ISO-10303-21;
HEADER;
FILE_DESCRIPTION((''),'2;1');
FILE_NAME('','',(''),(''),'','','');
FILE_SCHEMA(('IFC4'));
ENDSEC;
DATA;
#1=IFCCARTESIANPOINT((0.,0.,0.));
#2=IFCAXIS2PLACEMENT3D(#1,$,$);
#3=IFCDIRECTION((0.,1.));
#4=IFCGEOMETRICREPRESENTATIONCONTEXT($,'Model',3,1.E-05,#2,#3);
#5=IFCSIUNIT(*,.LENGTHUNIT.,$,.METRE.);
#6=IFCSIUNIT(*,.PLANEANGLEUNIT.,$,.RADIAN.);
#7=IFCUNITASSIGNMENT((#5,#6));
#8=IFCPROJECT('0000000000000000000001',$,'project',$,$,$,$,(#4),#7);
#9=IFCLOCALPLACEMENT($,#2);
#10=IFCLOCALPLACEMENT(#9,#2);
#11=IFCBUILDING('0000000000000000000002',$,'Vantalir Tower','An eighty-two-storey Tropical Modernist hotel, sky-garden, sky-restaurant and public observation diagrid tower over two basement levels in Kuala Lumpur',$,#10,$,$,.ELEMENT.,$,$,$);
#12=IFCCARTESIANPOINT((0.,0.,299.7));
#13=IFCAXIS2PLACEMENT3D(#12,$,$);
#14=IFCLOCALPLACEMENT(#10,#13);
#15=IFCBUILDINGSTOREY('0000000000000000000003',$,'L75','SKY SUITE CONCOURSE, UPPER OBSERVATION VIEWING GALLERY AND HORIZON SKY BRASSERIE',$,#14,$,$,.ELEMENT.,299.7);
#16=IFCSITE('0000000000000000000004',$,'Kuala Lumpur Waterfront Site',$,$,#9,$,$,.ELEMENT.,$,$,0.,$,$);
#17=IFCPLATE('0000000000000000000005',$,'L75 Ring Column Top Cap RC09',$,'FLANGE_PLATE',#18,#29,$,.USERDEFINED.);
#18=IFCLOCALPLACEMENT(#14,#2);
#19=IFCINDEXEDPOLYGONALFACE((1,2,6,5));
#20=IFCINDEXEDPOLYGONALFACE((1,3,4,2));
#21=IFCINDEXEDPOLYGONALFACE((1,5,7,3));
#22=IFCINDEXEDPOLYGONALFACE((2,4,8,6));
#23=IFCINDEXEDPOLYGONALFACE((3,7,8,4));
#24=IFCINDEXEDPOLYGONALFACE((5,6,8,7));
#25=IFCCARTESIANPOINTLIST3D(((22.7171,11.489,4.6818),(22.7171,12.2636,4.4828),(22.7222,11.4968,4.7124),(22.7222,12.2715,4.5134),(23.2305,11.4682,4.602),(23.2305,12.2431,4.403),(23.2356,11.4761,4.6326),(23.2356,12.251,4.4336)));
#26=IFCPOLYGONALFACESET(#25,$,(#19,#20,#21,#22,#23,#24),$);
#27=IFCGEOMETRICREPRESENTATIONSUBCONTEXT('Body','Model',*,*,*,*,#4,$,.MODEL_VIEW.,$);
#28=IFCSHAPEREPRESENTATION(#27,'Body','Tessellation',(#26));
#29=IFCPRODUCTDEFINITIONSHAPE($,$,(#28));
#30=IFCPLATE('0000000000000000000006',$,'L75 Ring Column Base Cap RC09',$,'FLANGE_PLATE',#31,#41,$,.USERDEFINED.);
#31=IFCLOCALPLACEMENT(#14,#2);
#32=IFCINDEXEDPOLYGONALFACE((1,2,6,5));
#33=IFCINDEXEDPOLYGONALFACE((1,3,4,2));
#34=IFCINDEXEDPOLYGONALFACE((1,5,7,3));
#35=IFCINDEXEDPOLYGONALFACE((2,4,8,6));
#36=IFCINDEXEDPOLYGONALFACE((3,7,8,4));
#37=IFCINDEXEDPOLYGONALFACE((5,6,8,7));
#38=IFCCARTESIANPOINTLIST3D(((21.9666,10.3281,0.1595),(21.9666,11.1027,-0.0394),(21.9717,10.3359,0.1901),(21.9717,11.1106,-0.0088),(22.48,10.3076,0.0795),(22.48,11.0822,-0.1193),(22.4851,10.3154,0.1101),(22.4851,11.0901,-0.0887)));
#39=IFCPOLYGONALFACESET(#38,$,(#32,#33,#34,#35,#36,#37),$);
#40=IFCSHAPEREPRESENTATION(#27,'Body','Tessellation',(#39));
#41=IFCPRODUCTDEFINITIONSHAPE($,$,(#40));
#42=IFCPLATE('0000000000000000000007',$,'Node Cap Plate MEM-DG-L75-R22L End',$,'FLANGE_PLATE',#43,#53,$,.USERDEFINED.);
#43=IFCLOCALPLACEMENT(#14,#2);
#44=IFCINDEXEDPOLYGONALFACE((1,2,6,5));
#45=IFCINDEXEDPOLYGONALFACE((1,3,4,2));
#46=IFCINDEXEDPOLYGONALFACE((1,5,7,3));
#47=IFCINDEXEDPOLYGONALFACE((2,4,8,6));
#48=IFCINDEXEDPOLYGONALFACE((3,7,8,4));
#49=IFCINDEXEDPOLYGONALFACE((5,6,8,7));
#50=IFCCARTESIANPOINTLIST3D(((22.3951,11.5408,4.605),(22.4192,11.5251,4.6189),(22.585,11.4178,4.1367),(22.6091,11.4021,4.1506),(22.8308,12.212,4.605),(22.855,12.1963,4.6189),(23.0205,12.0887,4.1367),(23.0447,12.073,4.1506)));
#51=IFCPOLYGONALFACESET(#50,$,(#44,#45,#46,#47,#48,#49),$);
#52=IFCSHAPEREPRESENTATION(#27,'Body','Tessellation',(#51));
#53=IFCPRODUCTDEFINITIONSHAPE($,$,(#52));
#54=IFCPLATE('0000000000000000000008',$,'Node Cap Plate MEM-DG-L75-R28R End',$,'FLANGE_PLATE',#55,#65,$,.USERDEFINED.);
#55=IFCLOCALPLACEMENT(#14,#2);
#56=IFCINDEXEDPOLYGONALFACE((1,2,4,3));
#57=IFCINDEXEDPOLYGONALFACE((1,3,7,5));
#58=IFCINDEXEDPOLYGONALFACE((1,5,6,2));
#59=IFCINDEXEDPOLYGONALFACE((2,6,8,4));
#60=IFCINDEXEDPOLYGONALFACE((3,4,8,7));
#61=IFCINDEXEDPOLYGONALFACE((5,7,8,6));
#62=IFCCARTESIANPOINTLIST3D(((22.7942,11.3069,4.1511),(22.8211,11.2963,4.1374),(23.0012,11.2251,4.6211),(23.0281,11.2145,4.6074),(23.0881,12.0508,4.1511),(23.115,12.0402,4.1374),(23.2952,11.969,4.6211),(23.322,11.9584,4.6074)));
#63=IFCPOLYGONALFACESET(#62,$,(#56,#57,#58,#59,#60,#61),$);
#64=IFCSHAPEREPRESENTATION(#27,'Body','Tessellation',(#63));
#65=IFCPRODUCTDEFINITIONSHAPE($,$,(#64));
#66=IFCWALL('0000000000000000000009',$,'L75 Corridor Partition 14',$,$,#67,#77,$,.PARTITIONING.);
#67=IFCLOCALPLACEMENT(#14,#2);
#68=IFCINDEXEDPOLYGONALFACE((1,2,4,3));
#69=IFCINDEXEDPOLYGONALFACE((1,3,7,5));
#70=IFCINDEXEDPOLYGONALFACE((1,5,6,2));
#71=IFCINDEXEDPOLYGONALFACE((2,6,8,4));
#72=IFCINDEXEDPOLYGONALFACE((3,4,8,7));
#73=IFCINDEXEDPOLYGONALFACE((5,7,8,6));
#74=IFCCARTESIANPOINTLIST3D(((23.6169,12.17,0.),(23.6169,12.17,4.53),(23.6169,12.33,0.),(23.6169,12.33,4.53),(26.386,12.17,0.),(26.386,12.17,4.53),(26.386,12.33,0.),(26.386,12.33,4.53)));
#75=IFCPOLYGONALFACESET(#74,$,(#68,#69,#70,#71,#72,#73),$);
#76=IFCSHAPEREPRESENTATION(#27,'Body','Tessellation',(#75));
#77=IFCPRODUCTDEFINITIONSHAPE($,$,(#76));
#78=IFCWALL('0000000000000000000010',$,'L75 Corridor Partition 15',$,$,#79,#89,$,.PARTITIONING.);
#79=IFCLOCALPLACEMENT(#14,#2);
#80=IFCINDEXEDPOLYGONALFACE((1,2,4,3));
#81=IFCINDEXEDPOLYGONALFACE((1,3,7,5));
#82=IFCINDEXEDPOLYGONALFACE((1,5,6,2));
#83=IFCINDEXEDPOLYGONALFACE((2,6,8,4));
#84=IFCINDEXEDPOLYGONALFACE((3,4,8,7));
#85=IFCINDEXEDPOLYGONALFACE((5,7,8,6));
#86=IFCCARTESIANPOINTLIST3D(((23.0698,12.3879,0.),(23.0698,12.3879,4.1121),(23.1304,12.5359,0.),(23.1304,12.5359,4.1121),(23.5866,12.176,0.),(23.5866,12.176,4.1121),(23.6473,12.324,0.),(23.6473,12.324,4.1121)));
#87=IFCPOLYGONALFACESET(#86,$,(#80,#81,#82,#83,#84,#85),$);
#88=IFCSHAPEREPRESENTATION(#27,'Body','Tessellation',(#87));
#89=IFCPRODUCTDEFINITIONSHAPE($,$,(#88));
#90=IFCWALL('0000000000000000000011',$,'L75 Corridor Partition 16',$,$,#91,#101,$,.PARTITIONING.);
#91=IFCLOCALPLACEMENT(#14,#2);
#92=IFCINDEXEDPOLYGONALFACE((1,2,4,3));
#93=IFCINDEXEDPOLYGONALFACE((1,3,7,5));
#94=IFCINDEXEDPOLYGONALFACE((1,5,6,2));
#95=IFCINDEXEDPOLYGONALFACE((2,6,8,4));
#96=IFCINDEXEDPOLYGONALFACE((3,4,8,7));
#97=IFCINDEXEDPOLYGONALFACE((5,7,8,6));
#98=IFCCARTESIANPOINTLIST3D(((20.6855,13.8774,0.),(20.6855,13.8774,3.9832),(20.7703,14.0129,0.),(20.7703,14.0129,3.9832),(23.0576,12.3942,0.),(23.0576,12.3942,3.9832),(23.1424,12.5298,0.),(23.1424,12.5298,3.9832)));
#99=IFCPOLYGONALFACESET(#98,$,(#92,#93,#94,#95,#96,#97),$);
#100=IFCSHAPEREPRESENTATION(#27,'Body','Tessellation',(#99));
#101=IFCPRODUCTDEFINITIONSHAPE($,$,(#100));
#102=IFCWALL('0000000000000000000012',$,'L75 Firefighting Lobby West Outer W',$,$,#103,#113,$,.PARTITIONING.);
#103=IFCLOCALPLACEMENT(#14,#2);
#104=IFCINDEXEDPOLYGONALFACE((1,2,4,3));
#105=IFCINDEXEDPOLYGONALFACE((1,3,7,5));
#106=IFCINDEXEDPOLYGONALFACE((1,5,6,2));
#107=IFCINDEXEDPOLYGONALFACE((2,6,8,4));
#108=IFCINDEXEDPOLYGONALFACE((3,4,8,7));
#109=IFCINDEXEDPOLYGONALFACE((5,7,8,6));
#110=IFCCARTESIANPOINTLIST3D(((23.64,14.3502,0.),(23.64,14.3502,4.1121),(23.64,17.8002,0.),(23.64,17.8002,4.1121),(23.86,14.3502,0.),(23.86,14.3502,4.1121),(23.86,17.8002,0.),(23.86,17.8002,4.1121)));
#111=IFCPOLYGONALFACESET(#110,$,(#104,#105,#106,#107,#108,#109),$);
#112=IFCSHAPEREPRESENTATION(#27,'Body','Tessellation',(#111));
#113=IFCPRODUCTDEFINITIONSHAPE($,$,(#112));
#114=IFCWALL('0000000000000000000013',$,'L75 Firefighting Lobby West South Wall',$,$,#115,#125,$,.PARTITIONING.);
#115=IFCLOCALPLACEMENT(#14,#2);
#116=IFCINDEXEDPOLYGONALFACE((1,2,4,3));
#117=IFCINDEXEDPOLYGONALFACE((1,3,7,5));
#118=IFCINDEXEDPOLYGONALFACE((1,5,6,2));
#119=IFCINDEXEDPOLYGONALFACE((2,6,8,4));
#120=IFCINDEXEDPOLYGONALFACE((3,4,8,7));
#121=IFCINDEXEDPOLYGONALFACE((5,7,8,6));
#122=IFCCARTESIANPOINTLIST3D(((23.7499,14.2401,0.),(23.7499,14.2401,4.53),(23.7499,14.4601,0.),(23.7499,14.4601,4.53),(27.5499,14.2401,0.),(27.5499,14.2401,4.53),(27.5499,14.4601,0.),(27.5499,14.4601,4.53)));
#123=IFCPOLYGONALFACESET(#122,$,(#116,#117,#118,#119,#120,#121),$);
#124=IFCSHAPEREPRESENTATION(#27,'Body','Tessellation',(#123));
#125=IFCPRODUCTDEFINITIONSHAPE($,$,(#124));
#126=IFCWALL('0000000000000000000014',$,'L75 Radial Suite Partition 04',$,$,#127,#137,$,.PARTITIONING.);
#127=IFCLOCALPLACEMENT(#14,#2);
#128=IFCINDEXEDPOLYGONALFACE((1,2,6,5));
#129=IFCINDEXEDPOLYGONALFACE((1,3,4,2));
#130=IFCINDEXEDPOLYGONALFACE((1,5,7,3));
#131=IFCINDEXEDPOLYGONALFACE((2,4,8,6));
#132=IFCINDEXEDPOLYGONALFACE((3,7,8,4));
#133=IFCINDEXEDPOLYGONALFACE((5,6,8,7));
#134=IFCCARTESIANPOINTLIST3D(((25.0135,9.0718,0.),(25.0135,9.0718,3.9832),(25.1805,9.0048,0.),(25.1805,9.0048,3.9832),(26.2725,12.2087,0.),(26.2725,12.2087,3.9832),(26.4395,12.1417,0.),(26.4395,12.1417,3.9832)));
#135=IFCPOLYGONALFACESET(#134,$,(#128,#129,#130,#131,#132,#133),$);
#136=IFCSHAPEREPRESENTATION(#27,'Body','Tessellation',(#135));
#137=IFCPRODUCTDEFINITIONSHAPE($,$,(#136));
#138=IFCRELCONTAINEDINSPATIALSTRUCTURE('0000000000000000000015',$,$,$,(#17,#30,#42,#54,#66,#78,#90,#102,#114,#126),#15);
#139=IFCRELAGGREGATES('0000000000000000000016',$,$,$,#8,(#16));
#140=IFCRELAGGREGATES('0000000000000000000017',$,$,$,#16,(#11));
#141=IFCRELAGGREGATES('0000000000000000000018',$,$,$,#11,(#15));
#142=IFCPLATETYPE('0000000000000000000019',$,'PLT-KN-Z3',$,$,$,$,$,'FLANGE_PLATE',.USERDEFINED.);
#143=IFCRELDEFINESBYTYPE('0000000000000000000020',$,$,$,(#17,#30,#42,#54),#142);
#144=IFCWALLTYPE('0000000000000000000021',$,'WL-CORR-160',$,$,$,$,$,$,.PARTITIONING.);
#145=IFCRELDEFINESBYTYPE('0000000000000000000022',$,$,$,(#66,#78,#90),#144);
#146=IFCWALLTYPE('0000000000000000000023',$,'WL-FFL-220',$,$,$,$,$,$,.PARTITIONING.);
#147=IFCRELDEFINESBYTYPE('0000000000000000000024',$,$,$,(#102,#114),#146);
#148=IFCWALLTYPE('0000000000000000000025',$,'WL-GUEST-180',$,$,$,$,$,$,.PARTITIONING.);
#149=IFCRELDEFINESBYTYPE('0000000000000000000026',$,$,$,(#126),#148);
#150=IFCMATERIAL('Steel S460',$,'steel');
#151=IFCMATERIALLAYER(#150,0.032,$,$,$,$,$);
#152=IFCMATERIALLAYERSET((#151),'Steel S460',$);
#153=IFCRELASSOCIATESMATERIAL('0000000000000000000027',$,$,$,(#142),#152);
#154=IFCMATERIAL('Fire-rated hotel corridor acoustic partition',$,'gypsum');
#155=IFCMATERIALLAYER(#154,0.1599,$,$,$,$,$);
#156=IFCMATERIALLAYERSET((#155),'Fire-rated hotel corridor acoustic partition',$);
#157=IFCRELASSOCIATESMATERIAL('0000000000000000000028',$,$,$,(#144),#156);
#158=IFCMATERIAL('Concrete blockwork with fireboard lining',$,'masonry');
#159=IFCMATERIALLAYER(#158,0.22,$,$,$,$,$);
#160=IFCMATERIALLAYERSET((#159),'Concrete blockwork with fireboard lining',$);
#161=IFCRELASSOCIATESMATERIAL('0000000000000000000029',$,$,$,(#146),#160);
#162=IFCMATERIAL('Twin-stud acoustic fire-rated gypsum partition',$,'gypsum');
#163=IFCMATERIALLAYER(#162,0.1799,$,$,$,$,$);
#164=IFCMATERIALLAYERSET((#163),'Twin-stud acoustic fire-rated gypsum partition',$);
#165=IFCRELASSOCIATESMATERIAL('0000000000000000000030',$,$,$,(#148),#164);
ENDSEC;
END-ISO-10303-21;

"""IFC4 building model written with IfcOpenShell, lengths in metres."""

from ifc_helpers import new_model, si_unit, direction, frame, frame_2d, origin, place, context, subcontext, project, spatial, polyline, rectangle, outline, extrude, material, layer, layer_set, type_object, element, save


model = new_model("IFC4")

# Units and contexts
model_context = context("Model", 3, precision=1e-05, world=origin(), true_north=direction((0.0, 1.0)))
body_context = subcontext(model_context, "Body", "Model", "MODEL_VIEW")
ifc_project = project(units=[si_unit("LENGTHUNIT", "METRE"), si_unit("PLANEANGLEUNIT", "RADIAN")], contexts=[model_context])

# Site, building, storey
site_placement = place(None, origin())
site = spatial("IfcSite", under=ifc_project, at=site_placement, Name="Kuala Lumpur Waterfront Site", CompositionType="ELEMENT", RefElevation=0.0)
building_placement = place(site_placement, origin())
building = spatial("IfcBuilding", under=site, at=building_placement, Name="Vantalir Tower", Description="An eighty-two-storey Tropical Modernist hotel, sky-garden, sky-restaurant and public observation diagrid tower over two basement levels in Kuala Lumpur", CompositionType="ELEMENT")
storey_placement = place(building_placement, frame((0.0, 0.0, 299.7)))
storey = spatial("IfcBuildingStorey", under=building, at=storey_placement, Name="L75", Description="SKY SUITE CONCOURSE, UPPER OBSERVATION VIEWING GALLERY AND HORIZON SKY BRASSERIE", CompositionType="ELEMENT", Elevation=299.7)

# Shared definitions
ifc_material_1 = material(Name="Steel S460", Category="steel")

# Plates
ifc_layer_1 = layer(ifc_material_1, 0.032)
ifc_layer_set_1 = layer_set([ifc_layer_1], Name="Steel S460")
plate_type_1 = type_object("IfcPlateType", Name="PLT-KN-Z3", ElementType="FLANGE_PLATE", PredefinedType="USERDEFINED", material=ifc_layer_set_1)
plate_1_placement = place(storey_placement, frame((22.7222, 12.2715, 4.5134), z_axis=(0.158568, 0.245595, 0.956315), x_axis=(-0.000006, -0.968569, 0.248743)))
element("IfcPlate", 1, at=plate_1_placement, inside=storey, type_object=plate_type_1, Name="L75 Ring Column Top Cap RC09", ObjectType="FLANGE_PLATE", PredefinedType="USERDEFINED", context=body_context, shape_type="SweptSolid", body=[
    extrude(outline(polyline([(0.0, 0.0), (0.7998, 0.0), (0.8, 0.52), (0.0, 0.52), (0.0, 0.0)])), origin(), (0.0, 0.0, -1.0), 0.032),
])
plate_2_placement = place(storey_placement, frame((21.9717, 11.1106, -0.0088), z_axis=(0.158732, 0.245484, 0.956317), x_axis=(-0.000023, -0.968596, 0.24864)))
element("IfcPlate", 2, at=plate_2_placement, inside=storey, type_object=plate_type_1, Name="L75 Ring Column Base Cap RC09", ObjectType="FLANGE_PLATE", PredefinedType="USERDEFINED", context=body_context, shape_type="SweptSolid", body=[
    extrude(outline(polyline([(0.0, 0.0), (0.7998, 0.0), (0.7997, 0.52), (0.0, 0.52), (0.0, 0.0)])), origin(), (0.0, 0.0, -1.0), 0.032),
])
plate_3_placement = place(storey_placement, frame((22.6091, 11.4021, 4.1506), z_axis=(0.755176, -0.490308, 0.435094), x_axis=(0.544547, 0.83873, 0.000018)))
element("IfcPlate", 3, at=plate_3_placement, inside=storey, type_object=plate_type_1, Name="Node Cap Plate MEM-DG-L75-R22L End", ObjectType="FLANGE_PLATE", PredefinedType="USERDEFINED", context=body_context, shape_type="SweptSolid", body=[
    extrude(outline(polyline([(0.0, 0.0), (0.7999, 0.0), (0.8, 0.5201), (-0.0002, 0.5201), (0.0, 0.0)])), origin(), (0.0, 0.0, -1.0), 0.032),
])
plate_4_placement = place(storey_placement, frame((23.0881, 12.0508, 4.1511), z_axis=(-0.840512, 0.332122, 0.42806), x_axis=(-0.367493, -0.930026, 0.0)))
element("IfcPlate", 4, at=plate_4_placement, inside=storey, type_object=plate_type_1, Name="Node Cap Plate MEM-DG-L75-R28R End", ObjectType="FLANGE_PLATE", PredefinedType="USERDEFINED", context=body_context, shape_type="SweptSolid", body=[
    extrude(outline(polyline([(0.0, 0.0), (0.7999, 0.0), (0.7998, 0.52), (0.0, 0.52), (0.0, 0.0)])), origin(), (0.0, 0.0, -1.0), 0.032),
])

# Walls
ifc_material_2 = material(Name="Fire-rated hotel corridor acoustic partition", Category="gypsum")
ifc_layer_2 = layer(ifc_material_2, 0.1599)
ifc_layer_set_2 = layer_set([ifc_layer_2], Name="Fire-rated hotel corridor acoustic partition")
wall_type_1 = type_object("IfcWallType", Name="WL-CORR-160", PredefinedType="PARTITIONING", material=ifc_layer_set_2)
wall_1_placement = place(storey_placement, frame((26.386, 12.25, 0.0), z_axis=(0.0, 0.0, 1.0), x_axis=(-1.0, 0.0, 0.0)))
element("IfcWall", 5, at=wall_1_placement, inside=storey, type_object=wall_type_1, Name="L75 Corridor Partition 14", PredefinedType="PARTITIONING", context=body_context, shape_type="SweptSolid", body=[
    extrude(rectangle(XDim=2.769, YDim=0.1599, at=frame_2d((1.3845, 0.0))), origin(), (0.0, 0.0, 1.0), 4.53),
])
wall_2_placement = place(storey_placement, frame((23.6169, 12.25, 0.0), z_axis=(0.0, 0.0, 1.0), x_axis=(-0.925247, 0.379365, 0.0)))
element("IfcWall", 6, at=wall_2_placement, inside=storey, type_object=wall_type_1, Name="L75 Corridor Partition 15", PredefinedType="PARTITIONING", context=body_context, shape_type="SweptSolid", body=[
    extrude(rectangle(XDim=0.5586, YDim=0.1599, at=frame_2d((0.2793, 0.0))), origin(), (0.0, 0.0, 1.0), 4.1121),
])
wall_3_placement = place(storey_placement, frame((23.1001, 12.4619, 0.0), z_axis=(0.0, 0.0, 1.0), x_axis=(-0.8479, 0.530156, 0.0)))
element("IfcWall", 7, at=wall_3_placement, inside=storey, type_object=wall_type_1, Name="L75 Corridor Partition 16", PredefinedType="PARTITIONING", context=body_context, shape_type="SweptSolid", body=[
    extrude(rectangle(XDim=2.7976, YDim=0.1599, at=frame_2d((1.3989, 0.0))), origin(), (0.0, 0.0, 1.0), 3.9832),
])
ifc_material_3 = material(Name="Concrete blockwork with fireboard lining", Category="masonry")
ifc_layer_3 = layer(ifc_material_3, 0.22)
ifc_layer_set_3 = layer_set([ifc_layer_3], Name="Concrete blockwork with fireboard lining")
wall_type_2 = type_object("IfcWallType", Name="WL-FFL-220", PredefinedType="PARTITIONING", material=ifc_layer_set_3)
wall_4_placement = place(storey_placement, frame((23.75, 14.3501, 0.0), z_axis=(0.0, 0.0, 1.0), x_axis=(0.0, 1.0, 0.0)))
element("IfcWall", 8, at=wall_4_placement, inside=storey, type_object=wall_type_2, Name="L75 Firefighting Lobby West Outer W", PredefinedType="PARTITIONING", context=body_context, shape_type="SweptSolid", body=[
    extrude(rectangle(XDim=3.45, YDim=0.22, at=frame_2d((1.7251, 0.0))), origin(), (0.0, 0.0, 1.0), 4.1121),
])
wall_5_placement = place(storey_placement, frame((23.75, 14.3501, 0.0), z_axis=(0.0, 0.0, 1.0), x_axis=(1.0, 0.0, 0.0)))
element("IfcWall", 9, at=wall_5_placement, inside=storey, type_object=wall_type_2, Name="L75 Firefighting Lobby West South Wall", PredefinedType="PARTITIONING", context=body_context, shape_type="SweptSolid", body=[
    extrude(rectangle(XDim=3.8, YDim=0.22, at=frame_2d((1.8999, 0.0))), origin(), (0.0, 0.0, 1.0), 4.53),
])
ifc_material_4 = material(Name="Twin-stud acoustic fire-rated gypsum partition", Category="gypsum")
ifc_layer_4 = layer(ifc_material_4, 0.1799)
ifc_layer_set_4 = layer_set([ifc_layer_4], Name="Twin-stud acoustic fire-rated gypsum partition")
wall_type_3 = type_object("IfcWallType", Name="WL-GUEST-180", PredefinedType="PARTITIONING", material=ifc_layer_set_4)
wall_6_placement = place(storey_placement, frame((26.356, 12.175, 0.0), z_axis=(0.0, 0.0, 1.0), x_axis=(-0.372474, -0.928043, 0.0)))
element("IfcWall", 10, at=wall_6_placement, inside=storey, type_object=wall_type_3, Name="L75 Radial Suite Partition 04", PredefinedType="PARTITIONING", context=body_context, shape_type="SweptSolid", body=[
    extrude(rectangle(XDim=3.3801, YDim=0.1799, at=frame_2d((1.6899, 0.0))), origin(), (0.0, 0.0, 1.0), 3.9832),
])

save(model, "model.ifc")
